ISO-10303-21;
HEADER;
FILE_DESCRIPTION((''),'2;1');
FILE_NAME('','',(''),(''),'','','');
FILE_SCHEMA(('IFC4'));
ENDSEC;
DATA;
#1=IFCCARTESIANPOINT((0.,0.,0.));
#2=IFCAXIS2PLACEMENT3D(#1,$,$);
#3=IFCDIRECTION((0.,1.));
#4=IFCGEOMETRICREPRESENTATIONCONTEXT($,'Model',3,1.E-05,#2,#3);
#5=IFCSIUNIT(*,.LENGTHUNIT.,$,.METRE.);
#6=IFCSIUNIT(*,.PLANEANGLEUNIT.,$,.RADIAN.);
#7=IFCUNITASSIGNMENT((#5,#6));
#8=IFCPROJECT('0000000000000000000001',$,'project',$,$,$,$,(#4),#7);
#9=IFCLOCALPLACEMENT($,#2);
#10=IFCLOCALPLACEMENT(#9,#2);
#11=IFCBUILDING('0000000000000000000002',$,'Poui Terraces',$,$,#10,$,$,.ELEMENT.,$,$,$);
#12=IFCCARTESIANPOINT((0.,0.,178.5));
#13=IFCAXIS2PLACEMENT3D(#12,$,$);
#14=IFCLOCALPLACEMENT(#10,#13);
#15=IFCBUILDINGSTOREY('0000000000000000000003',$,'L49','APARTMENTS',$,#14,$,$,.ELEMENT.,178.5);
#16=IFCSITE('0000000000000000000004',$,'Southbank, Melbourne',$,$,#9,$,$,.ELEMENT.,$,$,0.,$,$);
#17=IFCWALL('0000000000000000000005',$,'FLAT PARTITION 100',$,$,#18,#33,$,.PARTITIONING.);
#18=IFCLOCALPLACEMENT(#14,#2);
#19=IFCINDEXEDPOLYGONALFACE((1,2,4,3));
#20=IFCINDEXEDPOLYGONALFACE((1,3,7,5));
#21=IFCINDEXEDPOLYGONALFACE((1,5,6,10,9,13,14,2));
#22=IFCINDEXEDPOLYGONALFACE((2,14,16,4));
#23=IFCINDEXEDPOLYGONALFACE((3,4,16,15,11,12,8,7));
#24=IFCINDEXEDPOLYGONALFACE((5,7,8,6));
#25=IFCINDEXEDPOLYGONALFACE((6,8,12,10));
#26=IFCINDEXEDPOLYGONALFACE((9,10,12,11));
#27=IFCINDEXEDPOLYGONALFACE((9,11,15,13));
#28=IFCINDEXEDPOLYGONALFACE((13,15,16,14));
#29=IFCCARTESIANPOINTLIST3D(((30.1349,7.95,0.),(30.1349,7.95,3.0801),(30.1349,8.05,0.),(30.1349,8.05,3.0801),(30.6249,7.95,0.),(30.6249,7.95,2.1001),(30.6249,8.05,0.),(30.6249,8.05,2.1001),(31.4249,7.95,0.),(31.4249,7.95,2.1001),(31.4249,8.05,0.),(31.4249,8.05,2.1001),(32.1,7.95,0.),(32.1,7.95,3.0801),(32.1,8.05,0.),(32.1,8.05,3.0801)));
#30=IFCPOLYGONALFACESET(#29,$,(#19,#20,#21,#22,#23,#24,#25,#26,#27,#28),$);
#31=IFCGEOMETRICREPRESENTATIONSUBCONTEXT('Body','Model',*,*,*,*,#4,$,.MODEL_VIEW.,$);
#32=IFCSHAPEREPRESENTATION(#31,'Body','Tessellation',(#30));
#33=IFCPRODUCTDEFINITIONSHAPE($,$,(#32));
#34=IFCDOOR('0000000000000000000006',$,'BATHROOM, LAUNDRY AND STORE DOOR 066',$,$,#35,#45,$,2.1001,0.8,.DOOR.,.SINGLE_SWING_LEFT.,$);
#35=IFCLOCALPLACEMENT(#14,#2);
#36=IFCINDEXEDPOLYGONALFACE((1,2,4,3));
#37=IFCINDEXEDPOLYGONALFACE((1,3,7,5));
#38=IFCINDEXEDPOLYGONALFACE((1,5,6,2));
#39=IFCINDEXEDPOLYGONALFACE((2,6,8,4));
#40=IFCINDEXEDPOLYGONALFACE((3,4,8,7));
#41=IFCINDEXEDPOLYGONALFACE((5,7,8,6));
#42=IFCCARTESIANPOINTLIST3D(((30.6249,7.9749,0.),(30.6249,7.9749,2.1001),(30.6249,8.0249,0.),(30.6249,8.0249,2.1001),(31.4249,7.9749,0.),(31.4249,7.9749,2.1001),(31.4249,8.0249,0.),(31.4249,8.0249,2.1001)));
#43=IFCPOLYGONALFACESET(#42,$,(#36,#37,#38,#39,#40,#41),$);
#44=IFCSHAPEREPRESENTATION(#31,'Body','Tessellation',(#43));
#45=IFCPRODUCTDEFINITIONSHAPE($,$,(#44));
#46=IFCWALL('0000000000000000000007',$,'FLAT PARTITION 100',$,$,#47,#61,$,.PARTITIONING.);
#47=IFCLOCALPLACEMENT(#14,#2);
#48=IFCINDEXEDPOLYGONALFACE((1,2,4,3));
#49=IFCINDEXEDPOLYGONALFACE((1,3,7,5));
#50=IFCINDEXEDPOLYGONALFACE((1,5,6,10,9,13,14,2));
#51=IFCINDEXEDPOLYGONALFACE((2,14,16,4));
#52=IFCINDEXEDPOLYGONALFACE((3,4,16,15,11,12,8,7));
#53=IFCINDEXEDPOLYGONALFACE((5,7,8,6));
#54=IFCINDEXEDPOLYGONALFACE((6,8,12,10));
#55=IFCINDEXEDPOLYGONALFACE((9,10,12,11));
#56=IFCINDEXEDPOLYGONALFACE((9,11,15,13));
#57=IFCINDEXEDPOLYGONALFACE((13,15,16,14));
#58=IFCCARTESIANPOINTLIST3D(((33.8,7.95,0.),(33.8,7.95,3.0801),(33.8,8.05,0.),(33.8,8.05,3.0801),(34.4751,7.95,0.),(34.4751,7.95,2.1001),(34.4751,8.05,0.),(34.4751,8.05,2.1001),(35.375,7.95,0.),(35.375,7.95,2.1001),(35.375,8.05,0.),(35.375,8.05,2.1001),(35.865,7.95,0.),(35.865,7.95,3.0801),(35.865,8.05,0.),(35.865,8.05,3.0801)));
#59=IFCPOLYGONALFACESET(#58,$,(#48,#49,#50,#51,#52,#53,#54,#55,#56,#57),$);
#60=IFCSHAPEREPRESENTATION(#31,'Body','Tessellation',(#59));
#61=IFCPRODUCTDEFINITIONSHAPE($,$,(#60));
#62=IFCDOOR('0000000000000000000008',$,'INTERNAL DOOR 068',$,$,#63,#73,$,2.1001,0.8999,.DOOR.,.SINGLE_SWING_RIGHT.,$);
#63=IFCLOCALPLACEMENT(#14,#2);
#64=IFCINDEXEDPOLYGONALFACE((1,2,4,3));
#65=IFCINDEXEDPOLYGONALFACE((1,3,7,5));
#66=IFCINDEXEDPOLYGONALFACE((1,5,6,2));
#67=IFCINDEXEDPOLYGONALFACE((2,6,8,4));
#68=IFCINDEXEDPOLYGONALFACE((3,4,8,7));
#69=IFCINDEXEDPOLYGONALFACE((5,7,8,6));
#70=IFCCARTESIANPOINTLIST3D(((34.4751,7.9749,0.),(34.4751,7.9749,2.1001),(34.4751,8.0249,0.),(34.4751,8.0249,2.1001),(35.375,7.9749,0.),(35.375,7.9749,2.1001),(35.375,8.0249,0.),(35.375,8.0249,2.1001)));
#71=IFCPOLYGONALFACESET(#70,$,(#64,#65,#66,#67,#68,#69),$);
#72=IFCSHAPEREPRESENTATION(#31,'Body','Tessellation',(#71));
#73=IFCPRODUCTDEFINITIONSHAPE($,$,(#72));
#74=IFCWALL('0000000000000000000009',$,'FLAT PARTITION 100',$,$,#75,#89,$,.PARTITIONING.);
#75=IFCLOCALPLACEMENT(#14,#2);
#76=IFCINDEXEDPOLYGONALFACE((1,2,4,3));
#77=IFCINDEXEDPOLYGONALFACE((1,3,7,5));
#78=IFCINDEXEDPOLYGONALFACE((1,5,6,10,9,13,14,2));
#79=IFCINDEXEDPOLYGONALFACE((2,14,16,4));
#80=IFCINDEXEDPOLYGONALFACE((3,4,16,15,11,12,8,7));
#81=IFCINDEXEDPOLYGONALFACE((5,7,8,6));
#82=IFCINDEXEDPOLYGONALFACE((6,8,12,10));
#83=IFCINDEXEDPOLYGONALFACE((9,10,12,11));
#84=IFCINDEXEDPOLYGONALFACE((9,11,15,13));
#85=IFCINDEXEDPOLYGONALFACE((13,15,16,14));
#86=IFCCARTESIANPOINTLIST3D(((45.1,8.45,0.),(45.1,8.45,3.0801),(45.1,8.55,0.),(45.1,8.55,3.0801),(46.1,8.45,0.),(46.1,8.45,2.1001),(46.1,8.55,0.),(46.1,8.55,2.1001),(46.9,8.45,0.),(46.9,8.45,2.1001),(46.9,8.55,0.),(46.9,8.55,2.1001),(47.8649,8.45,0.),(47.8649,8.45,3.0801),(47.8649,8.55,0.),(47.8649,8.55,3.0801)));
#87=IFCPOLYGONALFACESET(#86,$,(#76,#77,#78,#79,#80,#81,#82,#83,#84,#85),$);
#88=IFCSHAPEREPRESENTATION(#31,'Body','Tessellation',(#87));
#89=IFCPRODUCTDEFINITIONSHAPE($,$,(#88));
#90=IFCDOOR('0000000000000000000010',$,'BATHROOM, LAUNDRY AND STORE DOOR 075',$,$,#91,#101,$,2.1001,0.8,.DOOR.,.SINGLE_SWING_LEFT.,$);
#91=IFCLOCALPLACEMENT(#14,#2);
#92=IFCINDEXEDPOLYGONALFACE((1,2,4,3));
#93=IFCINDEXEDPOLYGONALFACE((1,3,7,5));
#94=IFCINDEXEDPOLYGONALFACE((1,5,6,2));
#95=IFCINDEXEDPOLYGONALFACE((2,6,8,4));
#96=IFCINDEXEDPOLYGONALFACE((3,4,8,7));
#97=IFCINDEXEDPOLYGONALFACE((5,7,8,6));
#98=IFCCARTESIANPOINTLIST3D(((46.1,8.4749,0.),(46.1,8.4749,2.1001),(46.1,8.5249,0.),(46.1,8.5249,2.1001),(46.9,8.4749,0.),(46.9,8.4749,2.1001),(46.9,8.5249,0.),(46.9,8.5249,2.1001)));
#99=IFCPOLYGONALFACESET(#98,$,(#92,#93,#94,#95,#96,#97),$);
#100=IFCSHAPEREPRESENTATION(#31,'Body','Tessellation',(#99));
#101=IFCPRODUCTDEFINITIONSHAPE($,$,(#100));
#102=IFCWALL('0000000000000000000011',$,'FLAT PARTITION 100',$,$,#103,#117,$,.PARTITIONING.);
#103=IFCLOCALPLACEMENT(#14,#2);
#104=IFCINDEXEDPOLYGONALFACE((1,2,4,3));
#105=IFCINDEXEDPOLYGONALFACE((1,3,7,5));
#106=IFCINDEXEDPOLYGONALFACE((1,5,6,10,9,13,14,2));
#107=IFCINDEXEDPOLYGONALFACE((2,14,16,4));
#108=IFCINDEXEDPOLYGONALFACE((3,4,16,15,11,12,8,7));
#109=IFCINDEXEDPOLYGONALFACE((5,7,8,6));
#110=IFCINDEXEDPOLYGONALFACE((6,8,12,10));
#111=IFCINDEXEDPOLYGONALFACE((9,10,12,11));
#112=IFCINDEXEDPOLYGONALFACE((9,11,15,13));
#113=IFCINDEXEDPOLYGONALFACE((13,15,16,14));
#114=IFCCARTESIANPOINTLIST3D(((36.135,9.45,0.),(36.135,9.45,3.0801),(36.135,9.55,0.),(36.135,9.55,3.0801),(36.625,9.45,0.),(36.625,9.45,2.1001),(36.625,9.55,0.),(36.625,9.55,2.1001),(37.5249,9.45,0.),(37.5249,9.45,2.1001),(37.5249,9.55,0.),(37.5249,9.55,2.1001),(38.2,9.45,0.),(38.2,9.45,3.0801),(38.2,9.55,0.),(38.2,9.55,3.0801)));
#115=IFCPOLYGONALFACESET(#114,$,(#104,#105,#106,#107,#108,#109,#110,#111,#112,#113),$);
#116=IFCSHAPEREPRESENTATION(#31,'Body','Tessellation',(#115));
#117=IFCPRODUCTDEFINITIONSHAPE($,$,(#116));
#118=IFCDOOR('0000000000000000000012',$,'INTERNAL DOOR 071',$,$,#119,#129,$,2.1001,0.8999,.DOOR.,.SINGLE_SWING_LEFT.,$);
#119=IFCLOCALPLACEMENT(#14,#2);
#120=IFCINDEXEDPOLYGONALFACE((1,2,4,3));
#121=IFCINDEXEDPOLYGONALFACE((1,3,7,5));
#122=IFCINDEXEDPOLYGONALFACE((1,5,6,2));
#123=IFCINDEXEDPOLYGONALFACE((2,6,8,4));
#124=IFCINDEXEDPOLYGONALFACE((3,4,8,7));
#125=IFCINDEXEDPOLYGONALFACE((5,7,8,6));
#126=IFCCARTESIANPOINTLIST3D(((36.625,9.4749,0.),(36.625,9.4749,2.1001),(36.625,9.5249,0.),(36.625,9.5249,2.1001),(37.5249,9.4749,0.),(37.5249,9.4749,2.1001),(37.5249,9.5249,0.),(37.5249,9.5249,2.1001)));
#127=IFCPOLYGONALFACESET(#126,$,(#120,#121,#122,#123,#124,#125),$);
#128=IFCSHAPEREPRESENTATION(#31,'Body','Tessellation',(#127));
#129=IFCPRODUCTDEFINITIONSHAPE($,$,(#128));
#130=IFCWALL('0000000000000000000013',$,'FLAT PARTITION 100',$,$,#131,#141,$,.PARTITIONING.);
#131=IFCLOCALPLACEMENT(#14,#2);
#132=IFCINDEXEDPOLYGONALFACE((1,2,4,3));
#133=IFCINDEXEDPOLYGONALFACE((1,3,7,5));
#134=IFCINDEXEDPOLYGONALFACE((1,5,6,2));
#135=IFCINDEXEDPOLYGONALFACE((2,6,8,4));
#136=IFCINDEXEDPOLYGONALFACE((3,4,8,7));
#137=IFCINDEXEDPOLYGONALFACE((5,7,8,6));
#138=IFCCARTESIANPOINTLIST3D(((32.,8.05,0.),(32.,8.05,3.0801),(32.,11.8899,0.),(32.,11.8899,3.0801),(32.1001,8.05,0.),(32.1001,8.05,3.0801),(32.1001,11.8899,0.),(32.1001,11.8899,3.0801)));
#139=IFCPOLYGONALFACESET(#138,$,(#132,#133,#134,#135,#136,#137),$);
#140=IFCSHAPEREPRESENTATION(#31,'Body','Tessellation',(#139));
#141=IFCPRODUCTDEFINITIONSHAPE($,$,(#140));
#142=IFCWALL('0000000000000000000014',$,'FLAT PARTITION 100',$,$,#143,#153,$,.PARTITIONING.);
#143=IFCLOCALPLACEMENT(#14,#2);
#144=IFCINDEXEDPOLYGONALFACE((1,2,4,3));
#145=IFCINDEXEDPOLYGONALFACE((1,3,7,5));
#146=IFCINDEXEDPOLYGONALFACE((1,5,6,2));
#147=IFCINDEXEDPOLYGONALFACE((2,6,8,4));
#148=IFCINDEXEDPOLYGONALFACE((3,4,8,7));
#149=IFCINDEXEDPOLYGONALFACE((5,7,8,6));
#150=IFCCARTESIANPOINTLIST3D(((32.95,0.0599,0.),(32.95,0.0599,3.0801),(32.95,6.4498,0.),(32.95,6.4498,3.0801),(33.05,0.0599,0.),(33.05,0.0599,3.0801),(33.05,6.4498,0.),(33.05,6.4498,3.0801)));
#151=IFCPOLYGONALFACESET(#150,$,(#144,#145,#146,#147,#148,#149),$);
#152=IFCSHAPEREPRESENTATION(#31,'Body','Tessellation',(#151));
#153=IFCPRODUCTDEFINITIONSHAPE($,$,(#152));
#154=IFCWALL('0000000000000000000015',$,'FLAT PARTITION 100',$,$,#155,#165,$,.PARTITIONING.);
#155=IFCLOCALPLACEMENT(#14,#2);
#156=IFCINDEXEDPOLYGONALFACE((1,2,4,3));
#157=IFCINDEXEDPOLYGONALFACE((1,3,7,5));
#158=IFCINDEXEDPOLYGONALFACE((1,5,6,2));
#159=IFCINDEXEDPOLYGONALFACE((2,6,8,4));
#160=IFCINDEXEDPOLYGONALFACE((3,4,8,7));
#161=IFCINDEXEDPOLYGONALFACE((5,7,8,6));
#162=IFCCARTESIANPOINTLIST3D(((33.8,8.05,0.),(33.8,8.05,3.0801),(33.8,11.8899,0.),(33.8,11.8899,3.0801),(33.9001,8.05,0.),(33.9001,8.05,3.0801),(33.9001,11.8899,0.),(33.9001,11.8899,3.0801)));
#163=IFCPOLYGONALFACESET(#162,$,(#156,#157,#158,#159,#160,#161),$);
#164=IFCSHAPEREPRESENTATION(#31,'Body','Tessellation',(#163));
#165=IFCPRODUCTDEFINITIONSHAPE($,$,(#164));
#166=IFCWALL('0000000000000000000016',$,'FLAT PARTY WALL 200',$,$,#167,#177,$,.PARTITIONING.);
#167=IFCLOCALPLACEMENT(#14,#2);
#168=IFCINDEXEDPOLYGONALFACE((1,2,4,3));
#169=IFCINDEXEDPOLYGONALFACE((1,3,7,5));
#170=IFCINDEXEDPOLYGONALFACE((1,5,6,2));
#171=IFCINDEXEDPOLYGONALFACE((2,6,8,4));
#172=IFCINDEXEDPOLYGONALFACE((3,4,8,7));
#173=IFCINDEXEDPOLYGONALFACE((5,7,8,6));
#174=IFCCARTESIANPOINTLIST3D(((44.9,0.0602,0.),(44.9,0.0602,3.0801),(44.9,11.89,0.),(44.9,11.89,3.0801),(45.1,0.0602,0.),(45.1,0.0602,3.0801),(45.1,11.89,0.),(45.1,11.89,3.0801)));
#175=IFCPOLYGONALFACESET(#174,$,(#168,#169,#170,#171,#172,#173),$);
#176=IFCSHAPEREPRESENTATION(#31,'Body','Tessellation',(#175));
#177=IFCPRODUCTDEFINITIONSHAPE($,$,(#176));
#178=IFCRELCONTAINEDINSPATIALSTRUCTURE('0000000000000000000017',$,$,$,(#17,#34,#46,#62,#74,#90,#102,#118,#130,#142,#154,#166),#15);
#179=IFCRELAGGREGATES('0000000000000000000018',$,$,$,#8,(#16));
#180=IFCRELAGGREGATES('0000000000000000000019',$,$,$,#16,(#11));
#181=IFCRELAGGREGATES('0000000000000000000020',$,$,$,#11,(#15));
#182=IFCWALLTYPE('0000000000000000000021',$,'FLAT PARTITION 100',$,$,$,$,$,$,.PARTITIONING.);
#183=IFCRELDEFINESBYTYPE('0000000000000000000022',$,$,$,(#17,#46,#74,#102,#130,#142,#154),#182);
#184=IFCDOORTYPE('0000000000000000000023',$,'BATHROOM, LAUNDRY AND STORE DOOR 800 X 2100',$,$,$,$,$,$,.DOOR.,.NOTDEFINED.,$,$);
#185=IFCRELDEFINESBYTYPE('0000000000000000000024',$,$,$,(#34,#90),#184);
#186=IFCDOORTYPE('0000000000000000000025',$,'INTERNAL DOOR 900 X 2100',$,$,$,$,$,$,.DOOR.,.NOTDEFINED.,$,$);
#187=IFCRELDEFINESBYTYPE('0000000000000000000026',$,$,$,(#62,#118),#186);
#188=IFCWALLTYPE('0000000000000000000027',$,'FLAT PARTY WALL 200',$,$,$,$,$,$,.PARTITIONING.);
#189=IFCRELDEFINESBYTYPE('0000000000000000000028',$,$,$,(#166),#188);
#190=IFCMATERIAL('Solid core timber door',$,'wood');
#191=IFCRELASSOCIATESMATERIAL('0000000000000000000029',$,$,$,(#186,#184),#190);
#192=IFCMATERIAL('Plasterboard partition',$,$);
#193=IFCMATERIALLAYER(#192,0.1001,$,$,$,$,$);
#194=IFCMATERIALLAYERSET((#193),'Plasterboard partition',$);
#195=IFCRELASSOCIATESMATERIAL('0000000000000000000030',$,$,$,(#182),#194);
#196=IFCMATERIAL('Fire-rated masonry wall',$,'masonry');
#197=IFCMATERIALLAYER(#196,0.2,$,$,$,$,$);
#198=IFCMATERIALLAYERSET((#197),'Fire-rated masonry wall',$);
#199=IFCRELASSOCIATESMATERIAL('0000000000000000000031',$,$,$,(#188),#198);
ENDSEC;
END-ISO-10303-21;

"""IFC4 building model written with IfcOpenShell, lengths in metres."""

from ifc_helpers import new_model, si_unit, direction, frame, frame_2d, origin, place, context, subcontext, project, spatial, rectangle, extrude, material, layer, layer_set, type_object, element, fill, save


model = new_model("IFC4")

# Units and contexts
model_context = context("Model", 3, precision=1e-05, world=origin(), true_north=direction((0.0, 1.0)))
body_context = subcontext(model_context, "Body", "Model", "MODEL_VIEW")
ifc_project = project(units=[si_unit("LENGTHUNIT", "METRE"), si_unit("PLANEANGLEUNIT", "RADIAN")], contexts=[model_context])

# Site, building, storey
site_placement = place(None, origin())
site = spatial("IfcSite", under=ifc_project, at=site_placement, Name="Southbank, Melbourne", CompositionType="ELEMENT", RefElevation=0.0)
building_placement = place(site_placement, origin())
building = spatial("IfcBuilding", under=site, at=building_placement, Name="Poui Terraces", CompositionType="ELEMENT")
storey_placement = place(building_placement, frame((0.0, 0.0, 178.5)))
storey = spatial("IfcBuildingStorey", under=building, at=storey_placement, Name="L49", Description="APARTMENTS", CompositionType="ELEMENT", Elevation=178.5)

# Walls, openings, doors
ifc_material_1 = material(Name="Solid core timber door", Category="wood")
door_type_1 = type_object("IfcDoorType", Name="INTERNAL DOOR 900 X 2100", OperationType="NOTDEFINED", PredefinedType="DOOR", material=ifc_material_1)
ifc_material_2 = material(Name="Plasterboard partition")
ifc_layer_1 = layer(ifc_material_2, 0.1001)
ifc_layer_set_1 = layer_set([ifc_layer_1], Name="Plasterboard partition")
wall_type_1 = type_object("IfcWallType", Name="FLAT PARTITION 100", PredefinedType="PARTITIONING", material=ifc_layer_set_1)
wall_1_placement = place(storey_placement, frame((30.135, 8.0, 0.0), z_axis=(0.0, 0.0, 1.0), x_axis=(1.0, 0.0, 0.0)))
wall_1 = element("IfcWall", 1, at=wall_1_placement, inside=storey, type_object=wall_type_1, Name="FLAT PARTITION 100", PredefinedType="PARTITIONING", context=body_context, shape_type="SweptSolid", body=[
    extrude(rectangle(XDim=1.9651, YDim=0.1001, at=frame_2d((0.9824, 0.0))), origin(), (0.0, 0.0, 1.0), 3.0801),
])
opening_1_placement = place(wall_1_placement, frame((0.49, 0.0, 0.0)))
opening_1 = element("IfcOpeningElement", 2, at=opening_1_placement, cuts=wall_1, PredefinedType="OPENING", context=body_context, shape_type="SweptSolid", body=[
    extrude(rectangle(XDim=0.8, YDim=2.1001, at=frame_2d((0.3999, 1.05))), frame((0.0, 0.0601, 0.0), z_axis=(0.0, -1.0, 0.0), x_axis=(1.0, 0.0, 0.0)), (0.0, 0.0, 1.0), 0.1201),
])
door_type_2 = type_object("IfcDoorType", Name="BATHROOM, LAUNDRY AND STORE DOOR 800 X 2100", OperationType="NOTDEFINED", PredefinedType="DOOR", material=ifc_material_1)
door_1_placement = place(opening_1_placement, origin())
door_1 = element("IfcDoor", 3, at=door_1_placement, inside=storey, type_object=door_type_2, Name="BATHROOM, LAUNDRY AND STORE DOOR 066", OperationType="SINGLE_SWING_LEFT", OverallHeight=2.1001, OverallWidth=0.8, PredefinedType="DOOR", context=body_context, shape_type="SweptSolid", body=[
    extrude(rectangle(XDim=0.8, YDim=2.1001, at=frame_2d((0.3999, 1.05))), frame((0.0, 0.0249, 0.0), z_axis=(0.0, -1.0, 0.0), x_axis=(1.0, 0.0, 0.0)), (0.0, 0.0, 1.0), 0.05),
])
fill(opening_1, door_1)
wall_2_placement = place(storey_placement, frame((33.8, 8.0, 0.0), z_axis=(0.0, 0.0, 1.0), x_axis=(1.0, 0.0, 0.0)))
wall_2 = element("IfcWall", 4, at=wall_2_placement, inside=storey, type_object=wall_type_1, Name="FLAT PARTITION 100", PredefinedType="PARTITIONING", context=body_context, shape_type="SweptSolid", body=[
    extrude(rectangle(XDim=2.0649, YDim=0.1001, at=frame_2d((1.0325, 0.0))), origin(), (0.0, 0.0, 1.0), 3.0801),
])
opening_2_placement = place(wall_2_placement, frame((0.675, 0.0, 0.0)))
opening_2 = element("IfcOpeningElement", 5, at=opening_2_placement, cuts=wall_2, PredefinedType="OPENING", context=body_context, shape_type="SweptSolid", body=[
    extrude(rectangle(XDim=0.8999, YDim=2.1001, at=frame_2d((0.45, 1.05))), frame((0.0, 0.0601, 0.0), z_axis=(0.0, -1.0, 0.0), x_axis=(1.0, 0.0, 0.0)), (0.0, 0.0, 1.0), 0.1201),
])
door_2_placement = place(opening_2_placement, origin())
door_2 = element("IfcDoor", 6, at=door_2_placement, inside=storey, type_object=door_type_1, Name="INTERNAL DOOR 068", OperationType="SINGLE_SWING_RIGHT", OverallHeight=2.1001, OverallWidth=0.8999, PredefinedType="DOOR", context=body_context, shape_type="SweptSolid", body=[
    extrude(rectangle(XDim=0.8999, YDim=2.1001, at=frame_2d((0.45, 1.05))), frame((0.0, 0.0249, 0.0), z_axis=(0.0, -1.0, 0.0), x_axis=(1.0, 0.0, 0.0)), (0.0, 0.0, 1.0), 0.05),
])
fill(opening_2, door_2)
wall_3_placement = place(storey_placement, frame((45.1001, 8.5, 0.0), z_axis=(0.0, 0.0, 1.0), x_axis=(1.0, 0.0, 0.0)))
wall_3 = element("IfcWall", 7, at=wall_3_placement, inside=storey, type_object=wall_type_1, Name="FLAT PARTITION 100", PredefinedType="PARTITIONING", context=body_context, shape_type="SweptSolid", body=[
    extrude(rectangle(XDim=2.7649, YDim=0.1001, at=frame_2d((1.3823, 0.0))), origin(), (0.0, 0.0, 1.0), 3.0801),
])
opening_3_placement = place(wall_3_placement, frame((1.0, 0.0, 0.0)))
opening_3 = element("IfcOpeningElement", 8, at=opening_3_placement, cuts=wall_3, PredefinedType="OPENING", context=body_context, shape_type="SweptSolid", body=[
    extrude(rectangle(XDim=0.8, YDim=2.1001, at=frame_2d((0.3999, 1.05))), frame((0.0, 0.0601, 0.0), z_axis=(0.0, -1.0, 0.0), x_axis=(1.0, 0.0, 0.0)), (0.0, 0.0, 1.0), 0.1201),
])
door_3_placement = place(opening_3_placement, origin())
door_3 = element("IfcDoor", 9, at=door_3_placement, inside=storey, type_object=door_type_2, Name="BATHROOM, LAUNDRY AND STORE DOOR 075", OperationType="SINGLE_SWING_LEFT", OverallHeight=2.1001, OverallWidth=0.8, PredefinedType="DOOR", context=body_context, shape_type="SweptSolid", body=[
    extrude(rectangle(XDim=0.8, YDim=2.1001, at=frame_2d((0.3999, 1.05))), frame((0.0, 0.0249, 0.0), z_axis=(0.0, -1.0, 0.0), x_axis=(1.0, 0.0, 0.0)), (0.0, 0.0, 1.0), 0.05),
])
fill(opening_3, door_3)
wall_4_placement = place(storey_placement, frame((36.135, 9.5, 0.0), z_axis=(0.0, 0.0, 1.0), x_axis=(1.0, 0.0, 0.0)))
wall_4 = element("IfcWall", 10, at=wall_4_placement, inside=storey, type_object=wall_type_1, Name="FLAT PARTITION 100", PredefinedType="PARTITIONING", context=body_context, shape_type="SweptSolid", body=[
    extrude(rectangle(XDim=2.0649, YDim=0.1001, at=frame_2d((1.0325, 0.0))), origin(), (0.0, 0.0, 1.0), 3.0801),
])
opening_4_placement = place(wall_4_placement, frame((0.49, 0.0, 0.0)))
opening_4 = element("IfcOpeningElement", 11, at=opening_4_placement, cuts=wall_4, PredefinedType="OPENING", context=body_context, shape_type="SweptSolid", body=[
    extrude(rectangle(XDim=0.8999, YDim=2.1001, at=frame_2d((0.45, 1.05))), frame((0.0, 0.0601, 0.0), z_axis=(0.0, -1.0, 0.0), x_axis=(1.0, 0.0, 0.0)), (0.0, 0.0, 1.0), 0.1201),
])
door_4_placement = place(opening_4_placement, origin())
door_4 = element("IfcDoor", 12, at=door_4_placement, inside=storey, type_object=door_type_1, Name="INTERNAL DOOR 071", OperationType="SINGLE_SWING_LEFT", OverallHeight=2.1001, OverallWidth=0.8999, PredefinedType="DOOR", context=body_context, shape_type="SweptSolid", body=[
    extrude(rectangle(XDim=0.8999, YDim=2.1001, at=frame_2d((0.45, 1.05))), frame((0.0, 0.0249, 0.0), z_axis=(0.0, -1.0, 0.0), x_axis=(1.0, 0.0, 0.0)), (0.0, 0.0, 1.0), 0.05),
])
fill(opening_4, door_4)

# Walls
wall_5_placement = place(storey_placement, frame((32.05, 8.05, 0.0), z_axis=(0.0, 0.0, 1.0), x_axis=(0.0, 1.0, 0.0)))
element("IfcWall", 13, at=wall_5_placement, inside=storey, type_object=wall_type_1, Name="FLAT PARTITION 100", PredefinedType="PARTITIONING", context=body_context, shape_type="SweptSolid", body=[
    extrude(rectangle(XDim=3.8398, YDim=0.1001, at=frame_2d((1.9199, 0.0))), origin(), (0.0, 0.0, 1.0), 3.0801),
])
wall_6_placement = place(storey_placement, frame((33.0, 0.0601, 0.0), z_axis=(0.0, 0.0, 1.0), x_axis=(0.0, 1.0, 0.0)))
element("IfcWall", 14, at=wall_6_placement, inside=storey, type_object=wall_type_1, Name="FLAT PARTITION 100", PredefinedType="PARTITIONING", context=body_context, shape_type="SweptSolid", body=[
    extrude(rectangle(XDim=6.3899, YDim=0.1001, at=frame_2d((3.1948, 0.0))), origin(), (0.0, 0.0, 1.0), 3.0801),
])
wall_7_placement = place(storey_placement, frame((33.8501, 8.05, 0.0), z_axis=(0.0, 0.0, 1.0), x_axis=(0.0, 1.0, 0.0)))
element("IfcWall", 15, at=wall_7_placement, inside=storey, type_object=wall_type_1, Name="FLAT PARTITION 100", PredefinedType="PARTITIONING", context=body_context, shape_type="SweptSolid", body=[
    extrude(rectangle(XDim=3.8398, YDim=0.1001, at=frame_2d((1.9199, 0.0))), origin(), (0.0, 0.0, 1.0), 3.0801),
])
ifc_material_3 = material(Name="Fire-rated masonry wall", Category="masonry")
ifc_layer_2 = layer(ifc_material_3, 0.2)
ifc_layer_set_2 = layer_set([ifc_layer_2], Name="Fire-rated masonry wall")
wall_type_2 = type_object("IfcWallType", Name="FLAT PARTY WALL 200", PredefinedType="PARTITIONING", material=ifc_layer_set_2)
wall_8_placement = place(storey_placement, frame((45.0, 0.0601, 0.0), z_axis=(0.0, 0.0, 1.0), x_axis=(0.0, 1.0, 0.0)))
element("IfcWall", 16, at=wall_8_placement, inside=storey, type_object=wall_type_2, Name="FLAT PARTY WALL 200", PredefinedType="PARTITIONING", context=body_context, shape_type="SweptSolid", body=[
    extrude(rectangle(XDim=11.8298, YDim=0.2, at=frame_2d((5.915, 0.0))), origin(), (0.0, 0.0, 1.0), 3.0801),
])

save(model, "model.ifc")
